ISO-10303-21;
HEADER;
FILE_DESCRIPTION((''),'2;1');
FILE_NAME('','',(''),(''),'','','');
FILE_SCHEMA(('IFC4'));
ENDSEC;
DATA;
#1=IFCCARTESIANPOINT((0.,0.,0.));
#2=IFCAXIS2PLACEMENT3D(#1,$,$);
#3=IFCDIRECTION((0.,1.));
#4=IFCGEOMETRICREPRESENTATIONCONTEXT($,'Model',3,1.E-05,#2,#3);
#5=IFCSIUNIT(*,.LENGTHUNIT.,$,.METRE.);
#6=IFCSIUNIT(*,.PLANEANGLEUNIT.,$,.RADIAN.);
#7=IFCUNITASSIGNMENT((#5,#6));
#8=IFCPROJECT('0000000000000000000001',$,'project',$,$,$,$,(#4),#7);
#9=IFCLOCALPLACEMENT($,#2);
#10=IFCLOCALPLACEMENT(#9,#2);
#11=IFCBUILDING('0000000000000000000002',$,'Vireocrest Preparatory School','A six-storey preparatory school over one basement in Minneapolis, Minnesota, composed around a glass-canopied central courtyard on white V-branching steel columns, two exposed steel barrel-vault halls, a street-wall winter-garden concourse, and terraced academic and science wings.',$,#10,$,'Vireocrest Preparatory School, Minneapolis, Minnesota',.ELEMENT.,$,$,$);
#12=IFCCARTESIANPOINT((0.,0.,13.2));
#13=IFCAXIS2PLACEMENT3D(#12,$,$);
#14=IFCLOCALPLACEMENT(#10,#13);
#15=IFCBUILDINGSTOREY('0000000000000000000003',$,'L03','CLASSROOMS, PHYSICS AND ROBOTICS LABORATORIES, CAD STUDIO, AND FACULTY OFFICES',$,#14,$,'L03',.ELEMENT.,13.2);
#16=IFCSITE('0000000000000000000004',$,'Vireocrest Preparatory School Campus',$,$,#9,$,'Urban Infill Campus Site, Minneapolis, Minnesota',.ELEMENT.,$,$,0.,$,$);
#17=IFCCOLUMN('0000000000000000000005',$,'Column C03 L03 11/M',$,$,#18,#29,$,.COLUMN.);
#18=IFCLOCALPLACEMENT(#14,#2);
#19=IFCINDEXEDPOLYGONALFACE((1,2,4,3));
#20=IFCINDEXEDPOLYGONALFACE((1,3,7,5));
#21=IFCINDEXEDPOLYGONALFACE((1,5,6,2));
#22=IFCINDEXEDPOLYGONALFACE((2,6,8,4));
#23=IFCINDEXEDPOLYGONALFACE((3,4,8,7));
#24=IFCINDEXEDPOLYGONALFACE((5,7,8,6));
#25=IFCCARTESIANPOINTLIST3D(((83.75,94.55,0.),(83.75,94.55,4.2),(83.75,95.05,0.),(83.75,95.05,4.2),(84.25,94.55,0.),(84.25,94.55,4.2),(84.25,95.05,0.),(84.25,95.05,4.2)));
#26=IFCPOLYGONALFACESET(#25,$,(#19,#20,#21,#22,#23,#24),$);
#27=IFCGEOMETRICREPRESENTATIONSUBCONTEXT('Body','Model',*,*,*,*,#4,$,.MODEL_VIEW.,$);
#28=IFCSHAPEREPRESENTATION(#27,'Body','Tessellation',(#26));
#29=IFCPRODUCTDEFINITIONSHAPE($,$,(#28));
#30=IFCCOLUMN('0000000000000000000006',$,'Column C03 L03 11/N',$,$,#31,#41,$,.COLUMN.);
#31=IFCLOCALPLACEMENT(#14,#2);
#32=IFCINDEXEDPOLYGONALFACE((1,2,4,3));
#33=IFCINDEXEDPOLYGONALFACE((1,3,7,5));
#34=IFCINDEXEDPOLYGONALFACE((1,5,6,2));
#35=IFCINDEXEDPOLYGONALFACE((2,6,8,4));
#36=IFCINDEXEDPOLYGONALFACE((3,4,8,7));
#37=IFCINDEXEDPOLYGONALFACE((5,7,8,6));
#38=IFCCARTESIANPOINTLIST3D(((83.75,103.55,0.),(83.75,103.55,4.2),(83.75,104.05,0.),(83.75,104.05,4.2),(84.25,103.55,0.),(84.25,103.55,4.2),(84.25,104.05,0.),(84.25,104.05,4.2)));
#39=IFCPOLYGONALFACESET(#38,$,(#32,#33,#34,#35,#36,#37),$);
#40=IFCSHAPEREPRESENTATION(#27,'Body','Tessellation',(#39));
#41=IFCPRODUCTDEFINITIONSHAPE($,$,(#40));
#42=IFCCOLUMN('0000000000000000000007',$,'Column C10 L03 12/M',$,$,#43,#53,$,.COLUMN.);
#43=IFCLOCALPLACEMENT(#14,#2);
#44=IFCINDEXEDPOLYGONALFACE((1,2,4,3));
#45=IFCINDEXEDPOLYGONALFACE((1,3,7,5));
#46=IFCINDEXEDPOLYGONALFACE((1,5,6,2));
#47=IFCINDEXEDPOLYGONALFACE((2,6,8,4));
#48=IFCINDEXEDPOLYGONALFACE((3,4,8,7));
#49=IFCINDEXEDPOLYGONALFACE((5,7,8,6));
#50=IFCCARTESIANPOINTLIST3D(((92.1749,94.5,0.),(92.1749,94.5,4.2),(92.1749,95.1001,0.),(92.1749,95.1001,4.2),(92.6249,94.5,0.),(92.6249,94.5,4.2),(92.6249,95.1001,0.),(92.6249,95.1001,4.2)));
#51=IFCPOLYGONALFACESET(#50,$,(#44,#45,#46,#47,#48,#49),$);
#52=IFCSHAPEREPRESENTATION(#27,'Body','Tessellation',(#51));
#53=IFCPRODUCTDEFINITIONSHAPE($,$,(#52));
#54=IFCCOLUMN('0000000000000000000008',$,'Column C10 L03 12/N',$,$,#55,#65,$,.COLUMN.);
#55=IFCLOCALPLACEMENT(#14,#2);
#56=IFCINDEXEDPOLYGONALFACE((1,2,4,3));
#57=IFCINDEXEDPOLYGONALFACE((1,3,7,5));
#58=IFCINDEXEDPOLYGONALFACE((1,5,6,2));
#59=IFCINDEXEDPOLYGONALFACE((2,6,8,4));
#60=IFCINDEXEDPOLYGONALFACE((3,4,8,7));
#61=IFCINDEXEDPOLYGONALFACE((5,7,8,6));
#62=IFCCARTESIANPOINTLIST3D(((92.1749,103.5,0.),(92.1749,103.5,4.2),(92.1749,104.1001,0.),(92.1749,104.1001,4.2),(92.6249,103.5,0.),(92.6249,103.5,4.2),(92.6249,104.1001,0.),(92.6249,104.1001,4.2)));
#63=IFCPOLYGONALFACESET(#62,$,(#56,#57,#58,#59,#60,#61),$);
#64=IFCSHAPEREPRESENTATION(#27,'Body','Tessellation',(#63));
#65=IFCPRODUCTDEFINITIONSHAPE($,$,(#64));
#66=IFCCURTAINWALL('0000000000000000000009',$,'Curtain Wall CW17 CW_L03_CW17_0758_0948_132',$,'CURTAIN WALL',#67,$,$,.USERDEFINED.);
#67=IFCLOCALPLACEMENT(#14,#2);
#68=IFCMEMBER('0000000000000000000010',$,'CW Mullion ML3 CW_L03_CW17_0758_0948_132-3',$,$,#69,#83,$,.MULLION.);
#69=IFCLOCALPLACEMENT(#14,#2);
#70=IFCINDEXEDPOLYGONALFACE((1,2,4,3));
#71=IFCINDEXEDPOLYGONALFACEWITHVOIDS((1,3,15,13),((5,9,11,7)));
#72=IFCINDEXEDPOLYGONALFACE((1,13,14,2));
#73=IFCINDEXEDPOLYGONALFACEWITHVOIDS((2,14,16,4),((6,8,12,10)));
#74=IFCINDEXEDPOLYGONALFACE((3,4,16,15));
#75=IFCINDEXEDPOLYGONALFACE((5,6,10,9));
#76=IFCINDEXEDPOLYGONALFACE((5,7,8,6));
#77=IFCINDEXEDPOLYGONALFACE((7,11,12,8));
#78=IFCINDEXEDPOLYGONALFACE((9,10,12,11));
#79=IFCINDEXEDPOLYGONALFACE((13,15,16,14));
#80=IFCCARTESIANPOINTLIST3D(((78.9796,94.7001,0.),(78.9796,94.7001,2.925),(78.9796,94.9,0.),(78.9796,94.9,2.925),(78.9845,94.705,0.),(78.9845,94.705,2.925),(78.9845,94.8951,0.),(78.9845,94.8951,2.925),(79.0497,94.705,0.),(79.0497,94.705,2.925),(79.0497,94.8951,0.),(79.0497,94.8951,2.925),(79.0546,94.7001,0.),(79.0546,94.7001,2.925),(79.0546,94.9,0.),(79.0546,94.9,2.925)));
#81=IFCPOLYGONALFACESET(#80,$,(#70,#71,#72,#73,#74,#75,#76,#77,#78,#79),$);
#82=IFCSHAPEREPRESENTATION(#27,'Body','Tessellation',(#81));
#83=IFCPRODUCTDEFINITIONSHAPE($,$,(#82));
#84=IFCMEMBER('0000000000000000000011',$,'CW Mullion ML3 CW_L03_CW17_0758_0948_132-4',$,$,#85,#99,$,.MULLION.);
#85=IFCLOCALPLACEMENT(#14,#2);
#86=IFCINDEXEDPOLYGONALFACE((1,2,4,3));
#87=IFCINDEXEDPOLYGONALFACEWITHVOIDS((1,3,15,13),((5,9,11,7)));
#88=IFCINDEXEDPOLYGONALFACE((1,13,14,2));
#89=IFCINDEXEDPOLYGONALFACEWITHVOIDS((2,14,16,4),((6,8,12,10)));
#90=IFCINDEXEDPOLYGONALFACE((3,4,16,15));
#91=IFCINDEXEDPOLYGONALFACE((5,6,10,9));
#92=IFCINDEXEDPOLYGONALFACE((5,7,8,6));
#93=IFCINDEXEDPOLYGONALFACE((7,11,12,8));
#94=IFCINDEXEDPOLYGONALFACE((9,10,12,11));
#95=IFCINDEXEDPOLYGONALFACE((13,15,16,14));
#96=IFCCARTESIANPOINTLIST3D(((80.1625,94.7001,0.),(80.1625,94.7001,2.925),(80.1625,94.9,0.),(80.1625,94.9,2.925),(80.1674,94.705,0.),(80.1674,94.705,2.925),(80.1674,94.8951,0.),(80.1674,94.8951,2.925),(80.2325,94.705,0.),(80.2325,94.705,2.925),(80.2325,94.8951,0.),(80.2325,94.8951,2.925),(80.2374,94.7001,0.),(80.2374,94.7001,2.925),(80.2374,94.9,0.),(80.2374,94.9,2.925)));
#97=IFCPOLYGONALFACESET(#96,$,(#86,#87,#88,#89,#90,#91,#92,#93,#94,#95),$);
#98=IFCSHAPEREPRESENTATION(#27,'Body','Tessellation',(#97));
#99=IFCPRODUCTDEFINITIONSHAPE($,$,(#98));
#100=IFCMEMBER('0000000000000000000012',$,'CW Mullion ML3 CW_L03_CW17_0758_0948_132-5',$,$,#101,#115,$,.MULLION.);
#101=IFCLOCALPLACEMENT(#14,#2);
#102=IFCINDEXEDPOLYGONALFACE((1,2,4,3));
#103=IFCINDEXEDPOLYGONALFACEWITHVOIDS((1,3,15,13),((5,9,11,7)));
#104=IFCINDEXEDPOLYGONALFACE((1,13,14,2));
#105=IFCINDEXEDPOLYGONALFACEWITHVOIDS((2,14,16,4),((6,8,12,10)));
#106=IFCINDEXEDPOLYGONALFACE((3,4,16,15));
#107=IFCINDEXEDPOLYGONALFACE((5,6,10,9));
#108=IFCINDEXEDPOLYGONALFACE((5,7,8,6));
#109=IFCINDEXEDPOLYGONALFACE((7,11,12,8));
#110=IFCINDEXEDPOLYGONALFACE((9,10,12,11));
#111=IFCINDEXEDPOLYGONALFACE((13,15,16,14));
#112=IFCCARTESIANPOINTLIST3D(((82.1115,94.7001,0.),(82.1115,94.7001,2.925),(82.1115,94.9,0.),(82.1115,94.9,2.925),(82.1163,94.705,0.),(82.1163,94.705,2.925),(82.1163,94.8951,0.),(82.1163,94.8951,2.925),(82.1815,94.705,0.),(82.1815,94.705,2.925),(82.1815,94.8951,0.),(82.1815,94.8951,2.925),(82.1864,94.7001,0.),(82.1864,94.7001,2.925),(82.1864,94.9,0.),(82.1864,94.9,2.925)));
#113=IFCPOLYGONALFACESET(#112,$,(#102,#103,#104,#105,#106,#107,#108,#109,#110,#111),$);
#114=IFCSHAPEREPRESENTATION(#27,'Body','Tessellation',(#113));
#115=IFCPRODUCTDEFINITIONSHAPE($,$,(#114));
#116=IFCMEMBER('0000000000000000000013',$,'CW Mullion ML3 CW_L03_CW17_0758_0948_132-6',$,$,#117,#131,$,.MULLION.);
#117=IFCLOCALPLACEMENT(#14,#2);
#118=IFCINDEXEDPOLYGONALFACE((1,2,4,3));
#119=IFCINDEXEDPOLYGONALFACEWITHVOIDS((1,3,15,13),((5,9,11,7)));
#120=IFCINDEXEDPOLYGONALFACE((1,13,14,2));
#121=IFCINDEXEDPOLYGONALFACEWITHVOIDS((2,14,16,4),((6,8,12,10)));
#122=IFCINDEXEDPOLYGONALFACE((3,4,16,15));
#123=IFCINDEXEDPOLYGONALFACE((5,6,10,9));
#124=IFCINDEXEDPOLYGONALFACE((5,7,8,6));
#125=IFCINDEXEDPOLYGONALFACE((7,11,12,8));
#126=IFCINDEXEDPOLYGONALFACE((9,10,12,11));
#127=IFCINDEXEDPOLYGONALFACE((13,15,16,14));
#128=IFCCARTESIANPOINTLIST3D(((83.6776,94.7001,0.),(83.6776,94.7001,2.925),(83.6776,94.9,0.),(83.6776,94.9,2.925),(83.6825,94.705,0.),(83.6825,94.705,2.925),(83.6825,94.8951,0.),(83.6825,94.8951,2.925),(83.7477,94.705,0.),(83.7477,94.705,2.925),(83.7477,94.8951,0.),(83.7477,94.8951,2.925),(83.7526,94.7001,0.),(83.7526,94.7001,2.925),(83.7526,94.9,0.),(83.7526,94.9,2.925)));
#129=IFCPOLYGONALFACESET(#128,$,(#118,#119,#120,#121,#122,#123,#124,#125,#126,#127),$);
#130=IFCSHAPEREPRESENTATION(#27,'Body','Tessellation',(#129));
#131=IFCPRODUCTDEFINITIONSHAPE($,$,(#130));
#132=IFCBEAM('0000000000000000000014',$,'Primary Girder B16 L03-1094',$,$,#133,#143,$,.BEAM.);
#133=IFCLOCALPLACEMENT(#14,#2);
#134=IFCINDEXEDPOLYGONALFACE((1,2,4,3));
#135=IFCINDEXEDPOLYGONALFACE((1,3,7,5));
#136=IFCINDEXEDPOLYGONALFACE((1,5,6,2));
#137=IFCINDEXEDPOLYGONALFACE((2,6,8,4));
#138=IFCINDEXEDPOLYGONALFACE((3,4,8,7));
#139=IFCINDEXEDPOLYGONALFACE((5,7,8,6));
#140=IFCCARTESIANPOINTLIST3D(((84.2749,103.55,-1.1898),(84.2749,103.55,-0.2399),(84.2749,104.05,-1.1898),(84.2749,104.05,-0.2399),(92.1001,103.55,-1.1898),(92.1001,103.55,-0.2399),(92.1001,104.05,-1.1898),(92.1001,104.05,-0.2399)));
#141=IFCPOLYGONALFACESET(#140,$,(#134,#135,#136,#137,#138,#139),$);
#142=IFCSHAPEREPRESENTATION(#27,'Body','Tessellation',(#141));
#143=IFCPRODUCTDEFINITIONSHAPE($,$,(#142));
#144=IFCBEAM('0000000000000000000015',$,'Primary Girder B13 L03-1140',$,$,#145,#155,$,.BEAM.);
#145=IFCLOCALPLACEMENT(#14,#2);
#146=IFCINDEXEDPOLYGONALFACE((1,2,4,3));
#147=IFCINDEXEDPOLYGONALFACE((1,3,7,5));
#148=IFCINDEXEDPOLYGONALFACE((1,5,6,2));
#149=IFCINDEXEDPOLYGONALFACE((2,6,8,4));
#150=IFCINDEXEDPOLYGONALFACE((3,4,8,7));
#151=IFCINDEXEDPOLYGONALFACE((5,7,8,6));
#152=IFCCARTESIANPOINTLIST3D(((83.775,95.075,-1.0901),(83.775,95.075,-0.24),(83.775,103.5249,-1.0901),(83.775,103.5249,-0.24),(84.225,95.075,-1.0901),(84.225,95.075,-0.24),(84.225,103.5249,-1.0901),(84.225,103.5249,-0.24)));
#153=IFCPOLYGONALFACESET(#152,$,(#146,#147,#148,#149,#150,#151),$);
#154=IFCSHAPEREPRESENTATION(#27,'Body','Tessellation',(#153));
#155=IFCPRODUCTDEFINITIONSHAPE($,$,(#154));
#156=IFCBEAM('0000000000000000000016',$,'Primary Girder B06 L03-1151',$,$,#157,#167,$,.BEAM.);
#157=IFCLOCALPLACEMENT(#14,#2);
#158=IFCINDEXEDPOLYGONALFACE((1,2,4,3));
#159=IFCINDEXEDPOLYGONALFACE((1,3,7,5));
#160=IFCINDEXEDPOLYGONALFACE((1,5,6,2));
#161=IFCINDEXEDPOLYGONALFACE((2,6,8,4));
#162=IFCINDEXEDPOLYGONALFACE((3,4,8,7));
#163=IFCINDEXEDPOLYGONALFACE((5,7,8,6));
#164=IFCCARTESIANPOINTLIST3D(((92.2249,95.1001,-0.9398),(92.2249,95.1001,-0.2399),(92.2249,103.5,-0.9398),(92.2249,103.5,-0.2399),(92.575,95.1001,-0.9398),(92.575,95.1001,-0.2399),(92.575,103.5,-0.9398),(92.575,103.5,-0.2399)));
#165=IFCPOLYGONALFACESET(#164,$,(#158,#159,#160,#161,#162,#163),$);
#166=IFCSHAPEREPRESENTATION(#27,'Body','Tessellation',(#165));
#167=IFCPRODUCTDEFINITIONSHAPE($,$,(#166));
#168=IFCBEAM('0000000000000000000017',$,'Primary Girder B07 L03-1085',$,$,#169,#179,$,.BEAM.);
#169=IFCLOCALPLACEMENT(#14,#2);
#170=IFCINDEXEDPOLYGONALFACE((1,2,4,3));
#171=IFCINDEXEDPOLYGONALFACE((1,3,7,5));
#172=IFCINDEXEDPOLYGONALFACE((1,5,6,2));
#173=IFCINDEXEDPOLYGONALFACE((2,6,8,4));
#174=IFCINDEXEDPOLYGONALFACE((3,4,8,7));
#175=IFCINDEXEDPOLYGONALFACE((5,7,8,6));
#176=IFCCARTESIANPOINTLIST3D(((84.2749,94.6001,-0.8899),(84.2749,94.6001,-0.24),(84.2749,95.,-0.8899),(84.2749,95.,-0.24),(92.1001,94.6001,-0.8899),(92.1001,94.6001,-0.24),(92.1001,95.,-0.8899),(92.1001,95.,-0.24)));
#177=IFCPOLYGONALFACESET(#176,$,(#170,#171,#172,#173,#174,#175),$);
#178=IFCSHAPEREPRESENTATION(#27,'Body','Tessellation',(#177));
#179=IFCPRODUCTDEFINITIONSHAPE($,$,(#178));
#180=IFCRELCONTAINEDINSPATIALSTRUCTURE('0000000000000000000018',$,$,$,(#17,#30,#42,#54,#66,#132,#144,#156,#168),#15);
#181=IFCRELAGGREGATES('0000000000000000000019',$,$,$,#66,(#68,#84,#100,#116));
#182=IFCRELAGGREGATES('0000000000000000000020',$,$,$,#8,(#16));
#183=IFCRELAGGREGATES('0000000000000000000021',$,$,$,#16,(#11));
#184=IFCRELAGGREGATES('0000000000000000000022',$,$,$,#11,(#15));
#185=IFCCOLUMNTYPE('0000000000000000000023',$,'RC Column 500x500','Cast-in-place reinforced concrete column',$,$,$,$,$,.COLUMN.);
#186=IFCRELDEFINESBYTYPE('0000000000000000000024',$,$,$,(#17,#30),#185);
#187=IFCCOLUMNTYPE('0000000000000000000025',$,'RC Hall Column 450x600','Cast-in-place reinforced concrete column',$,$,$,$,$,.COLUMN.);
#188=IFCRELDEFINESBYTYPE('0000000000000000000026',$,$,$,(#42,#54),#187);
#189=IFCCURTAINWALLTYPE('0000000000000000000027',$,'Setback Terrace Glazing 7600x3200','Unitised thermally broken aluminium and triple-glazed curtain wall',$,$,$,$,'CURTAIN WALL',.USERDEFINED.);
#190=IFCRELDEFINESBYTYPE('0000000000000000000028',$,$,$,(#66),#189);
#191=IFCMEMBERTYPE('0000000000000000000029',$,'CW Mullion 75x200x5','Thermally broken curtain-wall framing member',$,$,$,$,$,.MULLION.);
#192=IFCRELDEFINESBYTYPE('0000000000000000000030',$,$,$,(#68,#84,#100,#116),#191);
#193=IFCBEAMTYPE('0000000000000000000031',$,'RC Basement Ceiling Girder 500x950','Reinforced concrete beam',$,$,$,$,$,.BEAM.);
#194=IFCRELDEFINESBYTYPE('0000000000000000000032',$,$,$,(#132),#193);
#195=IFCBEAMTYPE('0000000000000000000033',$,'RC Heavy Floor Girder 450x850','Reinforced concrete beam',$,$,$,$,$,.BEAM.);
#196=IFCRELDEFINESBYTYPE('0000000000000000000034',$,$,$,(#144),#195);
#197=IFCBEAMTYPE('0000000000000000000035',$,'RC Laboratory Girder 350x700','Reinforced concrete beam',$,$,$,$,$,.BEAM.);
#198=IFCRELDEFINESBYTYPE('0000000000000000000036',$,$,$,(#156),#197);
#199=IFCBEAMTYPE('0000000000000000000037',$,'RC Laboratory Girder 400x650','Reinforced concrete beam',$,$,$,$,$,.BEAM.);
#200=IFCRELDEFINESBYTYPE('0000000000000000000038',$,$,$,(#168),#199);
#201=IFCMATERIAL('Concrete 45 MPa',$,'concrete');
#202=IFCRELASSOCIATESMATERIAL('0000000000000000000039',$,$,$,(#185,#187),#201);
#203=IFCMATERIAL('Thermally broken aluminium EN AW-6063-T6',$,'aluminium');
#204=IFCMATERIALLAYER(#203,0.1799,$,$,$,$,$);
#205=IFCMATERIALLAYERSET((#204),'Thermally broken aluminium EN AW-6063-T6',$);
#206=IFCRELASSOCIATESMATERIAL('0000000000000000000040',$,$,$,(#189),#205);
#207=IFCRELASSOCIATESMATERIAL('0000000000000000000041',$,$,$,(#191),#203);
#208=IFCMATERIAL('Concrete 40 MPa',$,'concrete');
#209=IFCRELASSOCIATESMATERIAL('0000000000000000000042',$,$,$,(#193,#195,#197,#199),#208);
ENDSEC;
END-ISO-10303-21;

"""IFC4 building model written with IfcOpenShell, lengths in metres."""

from ifc_helpers import new_model, si_unit, direction, frame, origin, origin_2d, place, context, subcontext, project, spatial, rectangle, hollow_rectangle, extrude, material, layer, layer_set, material_profile, profile_set, type_object, element, aggregate, save


model = new_model("IFC4")

# Units and contexts
model_context = context("Model", 3, precision=1e-05, world=origin(), true_north=direction((0.0, 1.0)))
body_context = subcontext(model_context, "Body", "Model", "MODEL_VIEW")
ifc_project = project(units=[si_unit("LENGTHUNIT", "METRE"), si_unit("PLANEANGLEUNIT", "RADIAN")], contexts=[model_context])

# Site, building, storey
site_placement = place(None, origin())
site = spatial("IfcSite", under=ifc_project, at=site_placement, Name="Vireocrest Preparatory School Campus", LongName="Urban Infill Campus Site, Minneapolis, Minnesota", CompositionType="ELEMENT", RefElevation=0.0)
building_placement = place(site_placement, origin())
building = spatial("IfcBuilding", under=site, at=building_placement, Name="Vireocrest Preparatory School", Description="A six-storey preparatory school over one basement in Minneapolis, Minnesota, composed around a glass-canopied central courtyard on white V-branching steel columns, two exposed steel barrel-vault halls, a street-wall winter-garden concourse, and terraced academic and science wings.", LongName="Vireocrest Preparatory School, Minneapolis, Minnesota", CompositionType="ELEMENT")
storey_placement = place(building_placement, frame((0.0, 0.0, 13.2)))
storey = spatial("IfcBuildingStorey", under=building, at=storey_placement, Name="L03", Description="CLASSROOMS, PHYSICS AND ROBOTICS LABORATORIES, CAD STUDIO, AND FACULTY OFFICES", LongName="L03", CompositionType="ELEMENT", Elevation=13.2)

# Columns
ifc_material_1 = material(Name="Concrete 45 MPa", Category="concrete")
ifc_material_profile_1 = material_profile(ifc_material_1, rectangle(XDim=0.5, YDim=0.5, at=origin_2d()), Name="RC 500x500")
ifc_profile_set_1 = profile_set([ifc_material_profile_1], Name="Concrete 45 MPa")
column_type_1 = type_object("IfcColumnType", Name="RC Column 500x500", Description="Cast-in-place reinforced concrete column", PredefinedType="COLUMN", material=ifc_profile_set_1)
for number, where, z_axis, x_axis, name in (
    (1, (84.0, 94.8, 0.0), (0.0, 0.0, 1.0), (1.0, 0.0, 0.0), "Column C03 L03 11/M"),
    (2, (84.0, 103.8, 0.0), (0.0, 0.0, 1.0), (1.0, 0.0, 0.0), "Column C03 L03 11/N"),
):
    element("IfcColumn", number, at=place(storey_placement, frame(where, z_axis=z_axis, x_axis=x_axis)), inside=storey, type_object=column_type_1, Name=name, PredefinedType="COLUMN", context=body_context, shape_type="SweptSolid", body=[
        extrude(rectangle(XDim=0.5, YDim=0.5, at=origin_2d()), origin(), (0.0, 0.0, 1.0), 4.2),
    ])
ifc_material_profile_2 = material_profile(ifc_material_1, rectangle(XDim=0.45, YDim=0.6001, at=origin_2d()), Name="RC 450x600")
ifc_profile_set_2 = profile_set([ifc_material_profile_2], Name="Concrete 45 MPa")
column_type_2 = type_object("IfcColumnType", Name="RC Hall Column 450x600", Description="Cast-in-place reinforced concrete column", PredefinedType="COLUMN", material=ifc_profile_set_2)
for number, where, z_axis, x_axis, name in (
    (3, (92.3999, 94.8, 0.0), (0.0, 0.0, 1.0), (1.0, 0.0, 0.0), "Column C10 L03 12/M"),
    (4, (92.3999, 103.8, 0.0), (0.0, 0.0, 1.0), (1.0, 0.0, 0.0), "Column C10 L03 12/N"),
):
    element("IfcColumn", number, at=place(storey_placement, frame(where, z_axis=z_axis, x_axis=x_axis)), inside=storey, type_object=column_type_2, Name=name, PredefinedType="COLUMN", context=body_context, shape_type="SweptSolid", body=[
        extrude(rectangle(XDim=0.45, YDim=0.6001, at=origin_2d()), origin(), (0.0, 0.0, 1.0), 4.2),
    ])

# Curtain wall, members
ifc_material_2 = material(Name="Thermally broken aluminium EN AW-6063-T6", Category="aluminium")
ifc_layer_1 = layer(ifc_material_2, 0.1799)
ifc_layer_set_1 = layer_set([ifc_layer_1], Name="Thermally broken aluminium EN AW-6063-T6")
curtain_wall_type = type_object("IfcCurtainWallType", Name="Setback Terrace Glazing 7600x3200", Description="Unitised thermally broken aluminium and triple-glazed curtain wall", ElementType="CURTAIN WALL", PredefinedType="USERDEFINED", material=ifc_layer_set_1)
curtain_wall_placement = place(storey_placement, origin())
curtain_wall = element("IfcCurtainWall", 5, at=curtain_wall_placement, inside=storey, type_object=curtain_wall_type, Name="Curtain Wall CW17 CW_L03_CW17_0758_0948_132", ObjectType="CURTAIN WALL", PredefinedType="USERDEFINED")
ifc_material_profile_3 = material_profile(ifc_material_2, hollow_rectangle(XDim=0.075, YDim=0.2, WallThickness=0.0049, at=origin_2d()), Name="ALU 75x200x5")
ifc_profile_set_3 = profile_set([ifc_material_profile_3], Name="Thermally broken aluminium EN AW-6063-T6")
member_type = type_object("IfcMemberType", Name="CW Mullion 75x200x5", Description="Thermally broken curtain-wall framing member", PredefinedType="MULLION", material=ifc_profile_set_3)
member_1_placement = place(storey_placement, frame((79.0171, 94.8, 0.0), z_axis=(0.0, 0.0, 1.0), x_axis=(1.0, 0.0, 0.0)))
member_1 = element("IfcMember", 6, at=member_1_placement, type_object=member_type, Name="CW Mullion ML3 CW_L03_CW17_0758_0948_132-3", PredefinedType="MULLION", context=body_context, shape_type="SweptSolid", body=[
    extrude(hollow_rectangle(XDim=0.075, YDim=0.2, WallThickness=0.0049, at=origin_2d()), origin(), (0.0, 0.0, 1.0), 2.925),
])
member_2_placement = place(storey_placement, frame((80.2, 94.8, 0.0), z_axis=(0.0, 0.0, 1.0), x_axis=(1.0, 0.0, 0.0)))
member_2 = element("IfcMember", 7, at=member_2_placement, type_object=member_type, Name="CW Mullion ML3 CW_L03_CW17_0758_0948_132-4", PredefinedType="MULLION", context=body_context, shape_type="SweptSolid", body=[
    extrude(hollow_rectangle(XDim=0.075, YDim=0.2, WallThickness=0.0049, at=origin_2d()), origin(), (0.0, 0.0, 1.0), 2.925),
])
member_3_placement = place(storey_placement, frame((82.1489, 94.8, 0.0), z_axis=(0.0, 0.0, 1.0), x_axis=(1.0, 0.0, 0.0)))
member_3 = element("IfcMember", 8, at=member_3_placement, type_object=member_type, Name="CW Mullion ML3 CW_L03_CW17_0758_0948_132-5", PredefinedType="MULLION", context=body_context, shape_type="SweptSolid", body=[
    extrude(hollow_rectangle(XDim=0.075, YDim=0.2, WallThickness=0.0049, at=origin_2d()), origin(), (0.0, 0.0, 1.0), 2.925),
])
member_4_placement = place(storey_placement, frame((83.7151, 94.8, 0.0), z_axis=(0.0, 0.0, 1.0), x_axis=(1.0, 0.0, 0.0)))
member_4 = element("IfcMember", 9, at=member_4_placement, type_object=member_type, Name="CW Mullion ML3 CW_L03_CW17_0758_0948_132-6", PredefinedType="MULLION", context=body_context, shape_type="SweptSolid", body=[
    extrude(hollow_rectangle(XDim=0.075, YDim=0.2, WallThickness=0.0049, at=origin_2d()), origin(), (0.0, 0.0, 1.0), 2.925),
])

# Beams
ifc_material_3 = material(Name="Concrete 40 MPa", Category="concrete")
ifc_material_profile_4 = material_profile(ifc_material_3, rectangle(XDim=0.5, YDim=0.95, at=origin_2d()), Name="RC 500x950")
ifc_profile_set_4 = profile_set([ifc_material_profile_4], Name="Concrete 40 MPa")
beam_type_1 = type_object("IfcBeamType", Name="RC Basement Ceiling Girder 500x950", Description="Reinforced concrete beam", PredefinedType="BEAM", material=ifc_profile_set_4)
beam_1_placement = place(storey_placement, frame((84.2749, 103.8, -0.7148), z_axis=(1.0, 0.0, 0.0), x_axis=(0.0, 1.0, 0.0)))
element("IfcBeam", 10, at=beam_1_placement, inside=storey, type_object=beam_type_1, Name="Primary Girder B16 L03-1094", PredefinedType="BEAM", context=body_context, shape_type="SweptSolid", body=[
    extrude(rectangle(XDim=0.5, YDim=0.95, at=origin_2d()), origin(), (0.0, 0.0, 1.0), 7.8252),
])
ifc_material_profile_5 = material_profile(ifc_material_3, rectangle(XDim=0.45, YDim=0.8501, at=origin_2d()), Name="RC 450x850")
ifc_profile_set_5 = profile_set([ifc_material_profile_5], Name="Concrete 40 MPa")
beam_type_2 = type_object("IfcBeamType", Name="RC Heavy Floor Girder 450x850", Description="Reinforced concrete beam", PredefinedType="BEAM", material=ifc_profile_set_5)
beam_2_placement = place(storey_placement, frame((84.0, 95.075, -0.665), z_axis=(0.0, 1.0, 0.0), x_axis=(-1.0, 0.0, 0.0)))
element("IfcBeam", 11, at=beam_2_placement, inside=storey, type_object=beam_type_2, Name="Primary Girder B13 L03-1140", PredefinedType="BEAM", context=body_context, shape_type="SweptSolid", body=[
    extrude(rectangle(XDim=0.45, YDim=0.8501, at=origin_2d()), origin(), (0.0, 0.0, 1.0), 8.45),
])
ifc_material_profile_6 = material_profile(ifc_material_3, rectangle(XDim=0.3501, YDim=0.7, at=origin_2d()), Name="RC 350x700")
ifc_profile_set_6 = profile_set([ifc_material_profile_6], Name="Concrete 40 MPa")
beam_type_3 = type_object("IfcBeamType", Name="RC Laboratory Girder 350x700", Description="Reinforced concrete beam", PredefinedType="BEAM", material=ifc_profile_set_6)
beam_3_placement = place(storey_placement, frame((92.3999, 95.1001, -0.5898), z_axis=(0.0, 1.0, 0.0), x_axis=(-1.0, 0.0, 0.0)))
element("IfcBeam", 12, at=beam_3_placement, inside=storey, type_object=beam_type_3, Name="Primary Girder B06 L03-1151", PredefinedType="BEAM", context=body_context, shape_type="SweptSolid", body=[
    extrude(rectangle(XDim=0.3501, YDim=0.7, at=origin_2d()), origin(), (0.0, 0.0, 1.0), 8.3999),
])
ifc_material_profile_7 = material_profile(ifc_material_3, rectangle(XDim=0.3999, YDim=0.6499, at=origin_2d()), Name="RC 400x650")
ifc_profile_set_7 = profile_set([ifc_material_profile_7], Name="Concrete 40 MPa")
beam_type_4 = type_object("IfcBeamType", Name="RC Laboratory Girder 400x650", Description="Reinforced concrete beam", PredefinedType="BEAM", material=ifc_profile_set_7)
beam_4_placement = place(storey_placement, frame((84.2749, 94.8, -0.5649), z_axis=(1.0, 0.0, 0.0), x_axis=(0.0, 1.0, 0.0)))
element("IfcBeam", 13, at=beam_4_placement, inside=storey, type_object=beam_type_4, Name="Primary Girder B07 L03-1085", PredefinedType="BEAM", context=body_context, shape_type="SweptSolid", body=[
    extrude(rectangle(XDim=0.3999, YDim=0.6499, at=origin_2d()), origin(), (0.0, 0.0, 1.0), 7.8252),
])

aggregate(curtain_wall, [member_1, member_2, member_3, member_4])

save(model, "model.ifc")
